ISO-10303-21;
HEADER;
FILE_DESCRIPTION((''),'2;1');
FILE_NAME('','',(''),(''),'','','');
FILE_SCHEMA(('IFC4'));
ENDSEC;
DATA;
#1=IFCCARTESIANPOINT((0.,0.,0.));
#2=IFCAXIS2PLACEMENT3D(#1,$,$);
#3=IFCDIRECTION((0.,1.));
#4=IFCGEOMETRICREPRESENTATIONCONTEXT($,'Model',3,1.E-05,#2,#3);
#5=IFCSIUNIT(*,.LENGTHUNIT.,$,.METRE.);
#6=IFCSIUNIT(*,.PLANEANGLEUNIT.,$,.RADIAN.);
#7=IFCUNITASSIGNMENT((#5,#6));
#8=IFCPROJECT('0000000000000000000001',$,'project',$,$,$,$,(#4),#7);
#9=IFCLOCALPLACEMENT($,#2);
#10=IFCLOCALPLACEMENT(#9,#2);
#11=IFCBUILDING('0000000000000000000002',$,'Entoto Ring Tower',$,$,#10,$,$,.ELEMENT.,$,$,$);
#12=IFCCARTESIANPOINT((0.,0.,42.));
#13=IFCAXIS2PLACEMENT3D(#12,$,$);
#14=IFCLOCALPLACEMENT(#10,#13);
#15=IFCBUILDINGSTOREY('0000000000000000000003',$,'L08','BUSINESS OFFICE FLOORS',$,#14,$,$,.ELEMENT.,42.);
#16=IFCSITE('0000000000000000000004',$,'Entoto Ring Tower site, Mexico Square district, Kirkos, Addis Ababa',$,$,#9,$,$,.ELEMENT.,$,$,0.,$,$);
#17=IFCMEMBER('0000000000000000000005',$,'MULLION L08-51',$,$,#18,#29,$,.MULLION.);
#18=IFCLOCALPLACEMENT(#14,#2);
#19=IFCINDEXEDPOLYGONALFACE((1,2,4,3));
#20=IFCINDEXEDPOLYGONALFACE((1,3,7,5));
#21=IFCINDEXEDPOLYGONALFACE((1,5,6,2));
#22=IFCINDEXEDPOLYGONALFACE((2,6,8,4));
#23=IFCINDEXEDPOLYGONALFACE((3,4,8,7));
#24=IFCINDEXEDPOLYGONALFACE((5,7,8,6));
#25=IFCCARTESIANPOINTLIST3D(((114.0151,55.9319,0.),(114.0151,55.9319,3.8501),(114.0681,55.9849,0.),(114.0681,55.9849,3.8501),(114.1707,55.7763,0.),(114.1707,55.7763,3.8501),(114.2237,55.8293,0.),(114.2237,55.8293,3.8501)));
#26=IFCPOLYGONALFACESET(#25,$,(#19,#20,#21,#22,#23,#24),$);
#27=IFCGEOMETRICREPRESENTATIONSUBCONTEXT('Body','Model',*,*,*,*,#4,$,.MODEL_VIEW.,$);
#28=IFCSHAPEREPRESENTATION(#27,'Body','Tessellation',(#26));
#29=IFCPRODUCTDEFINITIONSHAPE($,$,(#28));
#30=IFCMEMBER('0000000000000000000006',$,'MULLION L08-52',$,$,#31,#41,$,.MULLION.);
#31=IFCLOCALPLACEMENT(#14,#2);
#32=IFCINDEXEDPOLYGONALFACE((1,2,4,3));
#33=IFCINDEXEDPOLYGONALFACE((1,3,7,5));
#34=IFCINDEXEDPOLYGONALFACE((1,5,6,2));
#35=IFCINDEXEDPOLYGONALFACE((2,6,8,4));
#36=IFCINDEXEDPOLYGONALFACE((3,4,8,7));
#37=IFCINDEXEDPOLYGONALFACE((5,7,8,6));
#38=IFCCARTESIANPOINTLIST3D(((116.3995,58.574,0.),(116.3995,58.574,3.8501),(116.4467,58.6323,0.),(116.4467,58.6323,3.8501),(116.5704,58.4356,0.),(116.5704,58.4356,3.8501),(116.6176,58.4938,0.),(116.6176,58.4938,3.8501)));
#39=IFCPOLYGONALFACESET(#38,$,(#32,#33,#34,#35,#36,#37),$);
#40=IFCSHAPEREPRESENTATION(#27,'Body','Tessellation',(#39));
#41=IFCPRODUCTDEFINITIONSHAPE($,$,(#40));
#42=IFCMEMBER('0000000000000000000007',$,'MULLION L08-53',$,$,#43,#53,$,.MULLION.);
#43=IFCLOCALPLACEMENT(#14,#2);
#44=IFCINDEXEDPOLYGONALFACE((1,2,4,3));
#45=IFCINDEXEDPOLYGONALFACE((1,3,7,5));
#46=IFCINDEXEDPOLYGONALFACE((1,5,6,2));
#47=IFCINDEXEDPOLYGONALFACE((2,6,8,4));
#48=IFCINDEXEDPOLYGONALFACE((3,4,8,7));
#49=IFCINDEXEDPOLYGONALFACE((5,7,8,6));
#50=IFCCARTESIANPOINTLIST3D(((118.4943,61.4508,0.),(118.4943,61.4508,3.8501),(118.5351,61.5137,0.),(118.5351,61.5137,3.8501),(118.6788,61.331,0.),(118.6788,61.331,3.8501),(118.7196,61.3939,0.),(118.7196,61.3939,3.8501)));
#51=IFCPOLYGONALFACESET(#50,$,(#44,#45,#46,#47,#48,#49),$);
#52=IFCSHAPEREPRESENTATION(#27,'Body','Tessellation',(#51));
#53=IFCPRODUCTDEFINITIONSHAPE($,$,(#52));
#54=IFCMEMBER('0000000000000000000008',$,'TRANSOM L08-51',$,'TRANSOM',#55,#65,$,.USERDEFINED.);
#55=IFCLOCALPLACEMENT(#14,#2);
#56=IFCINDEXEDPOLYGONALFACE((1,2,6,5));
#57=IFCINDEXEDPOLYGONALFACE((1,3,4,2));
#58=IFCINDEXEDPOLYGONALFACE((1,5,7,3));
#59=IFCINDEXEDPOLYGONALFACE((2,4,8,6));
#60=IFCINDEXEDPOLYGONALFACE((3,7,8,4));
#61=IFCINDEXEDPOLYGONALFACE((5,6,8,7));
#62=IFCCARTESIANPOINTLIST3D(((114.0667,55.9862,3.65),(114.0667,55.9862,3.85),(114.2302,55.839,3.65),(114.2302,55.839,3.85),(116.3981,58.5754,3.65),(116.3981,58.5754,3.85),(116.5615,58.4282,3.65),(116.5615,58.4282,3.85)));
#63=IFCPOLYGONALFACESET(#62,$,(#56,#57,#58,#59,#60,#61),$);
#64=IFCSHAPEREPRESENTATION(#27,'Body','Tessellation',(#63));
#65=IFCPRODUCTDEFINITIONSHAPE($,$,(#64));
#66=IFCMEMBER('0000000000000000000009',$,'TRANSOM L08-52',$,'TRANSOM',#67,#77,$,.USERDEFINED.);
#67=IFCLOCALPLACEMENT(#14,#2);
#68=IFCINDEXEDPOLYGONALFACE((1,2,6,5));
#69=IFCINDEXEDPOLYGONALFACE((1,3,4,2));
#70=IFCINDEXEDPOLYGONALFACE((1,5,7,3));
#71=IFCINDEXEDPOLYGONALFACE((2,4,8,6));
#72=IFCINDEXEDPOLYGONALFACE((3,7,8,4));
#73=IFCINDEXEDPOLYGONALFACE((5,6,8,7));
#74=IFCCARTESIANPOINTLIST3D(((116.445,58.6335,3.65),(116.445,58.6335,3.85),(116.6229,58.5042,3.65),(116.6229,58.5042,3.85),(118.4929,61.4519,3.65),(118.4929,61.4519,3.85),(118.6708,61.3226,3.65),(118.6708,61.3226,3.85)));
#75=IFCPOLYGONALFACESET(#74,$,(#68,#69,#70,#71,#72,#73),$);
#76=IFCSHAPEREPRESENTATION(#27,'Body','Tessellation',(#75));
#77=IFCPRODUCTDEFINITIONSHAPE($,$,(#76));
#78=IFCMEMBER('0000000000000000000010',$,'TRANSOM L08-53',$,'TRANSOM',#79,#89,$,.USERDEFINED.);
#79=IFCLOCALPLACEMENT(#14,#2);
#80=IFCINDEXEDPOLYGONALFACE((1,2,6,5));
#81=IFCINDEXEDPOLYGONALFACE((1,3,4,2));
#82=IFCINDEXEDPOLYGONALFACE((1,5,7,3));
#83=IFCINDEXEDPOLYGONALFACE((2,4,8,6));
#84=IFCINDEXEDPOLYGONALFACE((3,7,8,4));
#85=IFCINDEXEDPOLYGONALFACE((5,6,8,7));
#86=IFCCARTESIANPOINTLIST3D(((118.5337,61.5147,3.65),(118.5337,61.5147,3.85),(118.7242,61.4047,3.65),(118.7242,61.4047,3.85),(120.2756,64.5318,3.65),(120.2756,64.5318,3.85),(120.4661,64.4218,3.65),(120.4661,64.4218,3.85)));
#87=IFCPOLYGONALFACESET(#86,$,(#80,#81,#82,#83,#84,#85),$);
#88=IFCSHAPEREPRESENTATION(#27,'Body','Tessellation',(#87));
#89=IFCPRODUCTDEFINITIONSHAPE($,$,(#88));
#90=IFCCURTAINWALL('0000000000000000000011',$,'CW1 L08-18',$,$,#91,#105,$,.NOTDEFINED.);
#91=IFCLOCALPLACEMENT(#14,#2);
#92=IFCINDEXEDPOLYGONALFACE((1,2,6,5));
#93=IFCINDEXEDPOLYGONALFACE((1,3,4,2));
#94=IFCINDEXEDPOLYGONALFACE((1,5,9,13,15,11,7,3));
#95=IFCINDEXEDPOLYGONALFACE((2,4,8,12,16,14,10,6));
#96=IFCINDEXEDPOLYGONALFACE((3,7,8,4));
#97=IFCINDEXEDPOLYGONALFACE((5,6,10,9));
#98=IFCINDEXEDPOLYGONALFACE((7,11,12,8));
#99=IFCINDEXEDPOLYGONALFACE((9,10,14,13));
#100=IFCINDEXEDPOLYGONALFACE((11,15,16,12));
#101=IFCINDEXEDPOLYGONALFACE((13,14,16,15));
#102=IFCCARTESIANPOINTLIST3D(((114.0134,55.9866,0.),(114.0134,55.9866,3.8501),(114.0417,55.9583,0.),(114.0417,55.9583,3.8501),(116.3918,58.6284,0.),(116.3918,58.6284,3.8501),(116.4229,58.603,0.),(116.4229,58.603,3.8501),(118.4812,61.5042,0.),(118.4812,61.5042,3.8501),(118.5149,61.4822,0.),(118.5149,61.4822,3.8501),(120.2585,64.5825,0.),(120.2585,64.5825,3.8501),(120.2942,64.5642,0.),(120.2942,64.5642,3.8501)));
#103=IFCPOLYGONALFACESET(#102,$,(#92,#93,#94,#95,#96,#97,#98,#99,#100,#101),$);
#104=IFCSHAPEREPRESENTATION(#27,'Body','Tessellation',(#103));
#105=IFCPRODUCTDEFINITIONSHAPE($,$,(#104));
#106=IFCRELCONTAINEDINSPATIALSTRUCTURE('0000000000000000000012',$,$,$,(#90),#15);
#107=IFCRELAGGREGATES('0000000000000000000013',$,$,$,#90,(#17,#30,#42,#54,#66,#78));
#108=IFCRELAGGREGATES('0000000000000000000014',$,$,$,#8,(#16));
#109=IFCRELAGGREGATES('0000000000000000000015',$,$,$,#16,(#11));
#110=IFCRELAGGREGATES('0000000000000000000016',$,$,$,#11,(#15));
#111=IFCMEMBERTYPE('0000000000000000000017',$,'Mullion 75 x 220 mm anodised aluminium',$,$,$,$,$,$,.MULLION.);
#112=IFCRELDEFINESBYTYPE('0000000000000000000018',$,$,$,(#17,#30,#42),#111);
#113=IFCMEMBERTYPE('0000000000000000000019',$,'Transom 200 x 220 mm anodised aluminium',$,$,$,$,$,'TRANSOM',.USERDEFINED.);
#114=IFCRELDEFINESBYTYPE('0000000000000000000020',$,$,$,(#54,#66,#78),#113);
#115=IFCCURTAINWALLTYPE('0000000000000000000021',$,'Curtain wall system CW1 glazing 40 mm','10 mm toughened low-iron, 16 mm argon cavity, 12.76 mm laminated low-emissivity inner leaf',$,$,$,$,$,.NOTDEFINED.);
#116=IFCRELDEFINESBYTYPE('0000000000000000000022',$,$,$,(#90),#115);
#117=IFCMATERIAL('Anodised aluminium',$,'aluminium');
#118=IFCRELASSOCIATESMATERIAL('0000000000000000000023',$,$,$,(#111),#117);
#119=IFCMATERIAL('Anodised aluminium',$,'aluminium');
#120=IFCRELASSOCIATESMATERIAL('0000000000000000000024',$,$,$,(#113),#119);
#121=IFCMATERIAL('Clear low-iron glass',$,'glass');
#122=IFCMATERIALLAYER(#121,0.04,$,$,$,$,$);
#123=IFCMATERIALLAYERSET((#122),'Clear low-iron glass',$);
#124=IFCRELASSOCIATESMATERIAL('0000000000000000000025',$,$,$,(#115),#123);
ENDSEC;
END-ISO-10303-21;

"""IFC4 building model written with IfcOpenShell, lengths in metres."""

from ifc_helpers import new_model, si_unit, direction, frame, origin, origin_2d, place, context, subcontext, project, spatial, polyline, rectangle, outline, extrude, material, layer, layer_set, material_profile, profile_set, type_object, element, aggregate, save


model = new_model("IFC4")

# Units and contexts
model_context = context("Model", 3, precision=1e-05, world=origin(), true_north=direction((0.0, 1.0)))
body_context = subcontext(model_context, "Body", "Model", "MODEL_VIEW")
ifc_project = project(units=[si_unit("LENGTHUNIT", "METRE"), si_unit("PLANEANGLEUNIT", "RADIAN")], contexts=[model_context])

# Members
ifc_material_1 = material(Name="Anodised aluminium", Category="aluminium")
ifc_material_profile_1 = material_profile(ifc_material_1, rectangle(XDim=0.075, YDim=0.22, at=origin_2d()), Name="Mullion 75 x 220 mm anodised aluminium")
ifc_profile_set_1 = profile_set([ifc_material_profile_1], Name="Anodised aluminium")
member_type_1 = type_object("IfcMemberType", Name="Mullion 75 x 220 mm anodised aluminium", PredefinedType="MULLION", material=ifc_profile_set_1)
site_placement = place(None, origin())
building_placement = place(site_placement, origin())
storey_placement = place(building_placement, frame((0.0, 0.0, 42.0)))
member_1_placement = place(storey_placement, frame((114.1194, 55.8806, 0.0), z_axis=(0.0, 0.0, 1.0), x_axis=(0.707107, 0.707107, 0.0)))
member_1 = element("IfcMember", 1, at=member_1_placement, type_object=member_type_1, Name="MULLION L08-51", PredefinedType="MULLION", context=body_context, shape_type="SweptSolid", body=[
    extrude(rectangle(XDim=0.075, YDim=0.22, at=origin_2d()), origin(), (0.0, 0.0, 1.0), 3.8501),
])
member_2_placement = place(storey_placement, frame((116.5085, 58.5339, 0.0), z_axis=(0.0, 0.0, 1.0), x_axis=(0.62932, 0.777146, 0.0)))
member_2 = element("IfcMember", 2, at=member_2_placement, type_object=member_type_1, Name="MULLION L08-52", PredefinedType="MULLION", context=body_context, shape_type="SweptSolid", body=[
    extrude(rectangle(XDim=0.075, YDim=0.22, at=origin_2d()), origin(), (0.0, 0.0, 1.0), 3.8501),
])
member_3_placement = place(storey_placement, frame((118.6069, 61.4224, 0.0), z_axis=(0.0, 0.0, 1.0), x_axis=(0.544639, 0.838671, 0.0)))
member_3 = element("IfcMember", 3, at=member_3_placement, type_object=member_type_1, Name="MULLION L08-53", PredefinedType="MULLION", context=body_context, shape_type="SweptSolid", body=[
    extrude(rectangle(XDim=0.075, YDim=0.22, at=origin_2d()), origin(), (0.0, 0.0, 1.0), 3.8501),
])
ifc_material_2 = material(Name="Anodised aluminium", Category="aluminium")
ifc_material_profile_2 = material_profile(ifc_material_2, rectangle(XDim=0.22, YDim=0.2, at=origin_2d()), Name="Transom 200 x 220 mm anodised aluminium")
ifc_profile_set_2 = profile_set([ifc_material_profile_2], Name="Anodised aluminium")
member_type_2 = type_object("IfcMemberType", Name="Transom 200 x 220 mm anodised aluminium", ElementType="TRANSOM", PredefinedType="USERDEFINED", material=ifc_profile_set_2)
member_4_placement = place(storey_placement, frame((114.1484, 55.9126, 3.75), z_axis=(0.669139, 0.743137, 0.0), x_axis=(-0.743137, 0.669139, 0.0)))
member_4 = element("IfcMember", 4, at=member_4_placement, type_object=member_type_2, Name="TRANSOM L08-51", ObjectType="TRANSOM", PredefinedType="USERDEFINED", context=body_context, shape_type="SweptSolid", body=[
    extrude(rectangle(XDim=0.22, YDim=0.2, at=origin_2d()), origin(), (0.0, 0.0, 1.0), 3.4841),
])
member_5_placement = place(storey_placement, frame((116.5339, 58.5688, 3.75), z_axis=(0.587822, 0.808991, 0.0), x_axis=(-0.808991, 0.587822, 0.0)))
member_5 = element("IfcMember", 5, at=member_5_placement, type_object=member_type_2, Name="TRANSOM L08-52", ObjectType="TRANSOM", PredefinedType="USERDEFINED", context=body_context, shape_type="SweptSolid", body=[
    extrude(rectangle(XDim=0.22, YDim=0.2, at=origin_2d()), origin(), (0.0, 0.0, 1.0), 3.4839),
])
member_6_placement = place(storey_placement, frame((118.6289, 61.4597, 3.75), z_axis=(0.500006, 0.866022, 0.0), x_axis=(-0.866022, 0.500006, 0.0)))
member_6 = element("IfcMember", 6, at=member_6_placement, type_object=member_type_2, Name="TRANSOM L08-53", ObjectType="TRANSOM", PredefinedType="USERDEFINED", context=body_context, shape_type="SweptSolid", body=[
    extrude(rectangle(XDim=0.22, YDim=0.2, at=origin_2d()), origin(), (0.0, 0.0, 1.0), 3.4839),
])

# Site, building, storey
site = spatial("IfcSite", under=ifc_project, at=site_placement, Name="Entoto Ring Tower site, Mexico Square district, Kirkos, Addis Ababa", CompositionType="ELEMENT", RefElevation=0.0)
building = spatial("IfcBuilding", under=site, at=building_placement, Name="Entoto Ring Tower", CompositionType="ELEMENT")
storey = spatial("IfcBuildingStorey", under=building, at=storey_placement, Name="L08", Description="BUSINESS OFFICE FLOORS", CompositionType="ELEMENT", Elevation=42.0)

# Curtain wall
ifc_material_3 = material(Name="Clear low-iron glass", Category="glass")
ifc_layer_1 = layer(ifc_material_3, 0.04)
ifc_layer_set_1 = layer_set([ifc_layer_1], Name="Clear low-iron glass")
curtain_wall_type = type_object("IfcCurtainWallType", Name="Curtain wall system CW1 glazing 40 mm", Description="10 mm toughened low-iron, 16 mm argon cavity, 12.76 mm laminated low-emissivity inner leaf", PredefinedType="NOTDEFINED", material=ifc_layer_set_1)
curtain_wall_1_placement = place(storey_placement, origin())
curtain_wall_1 = element("IfcCurtainWall", 7, at=curtain_wall_1_placement, inside=storey, type_object=curtain_wall_type, Name="CW1 L08-18", PredefinedType="NOTDEFINED", context=body_context, shape_type="SweptSolid", body=[
    extrude(outline(polyline([(114.0417, 55.9583), (116.4229, 58.603), (118.5149, 61.4822), (120.2942, 64.5642), (120.2585, 64.5825), (118.4812, 61.5042), (116.3918, 58.6284), (114.0134, 55.9866), (114.0417, 55.9583)])), origin(), (0.0, 0.0, 1.0), 3.8501),
])
aggregate(curtain_wall_1, [member_1, member_2, member_3, member_4, member_5, member_6])

save(model, "model.ifc")
